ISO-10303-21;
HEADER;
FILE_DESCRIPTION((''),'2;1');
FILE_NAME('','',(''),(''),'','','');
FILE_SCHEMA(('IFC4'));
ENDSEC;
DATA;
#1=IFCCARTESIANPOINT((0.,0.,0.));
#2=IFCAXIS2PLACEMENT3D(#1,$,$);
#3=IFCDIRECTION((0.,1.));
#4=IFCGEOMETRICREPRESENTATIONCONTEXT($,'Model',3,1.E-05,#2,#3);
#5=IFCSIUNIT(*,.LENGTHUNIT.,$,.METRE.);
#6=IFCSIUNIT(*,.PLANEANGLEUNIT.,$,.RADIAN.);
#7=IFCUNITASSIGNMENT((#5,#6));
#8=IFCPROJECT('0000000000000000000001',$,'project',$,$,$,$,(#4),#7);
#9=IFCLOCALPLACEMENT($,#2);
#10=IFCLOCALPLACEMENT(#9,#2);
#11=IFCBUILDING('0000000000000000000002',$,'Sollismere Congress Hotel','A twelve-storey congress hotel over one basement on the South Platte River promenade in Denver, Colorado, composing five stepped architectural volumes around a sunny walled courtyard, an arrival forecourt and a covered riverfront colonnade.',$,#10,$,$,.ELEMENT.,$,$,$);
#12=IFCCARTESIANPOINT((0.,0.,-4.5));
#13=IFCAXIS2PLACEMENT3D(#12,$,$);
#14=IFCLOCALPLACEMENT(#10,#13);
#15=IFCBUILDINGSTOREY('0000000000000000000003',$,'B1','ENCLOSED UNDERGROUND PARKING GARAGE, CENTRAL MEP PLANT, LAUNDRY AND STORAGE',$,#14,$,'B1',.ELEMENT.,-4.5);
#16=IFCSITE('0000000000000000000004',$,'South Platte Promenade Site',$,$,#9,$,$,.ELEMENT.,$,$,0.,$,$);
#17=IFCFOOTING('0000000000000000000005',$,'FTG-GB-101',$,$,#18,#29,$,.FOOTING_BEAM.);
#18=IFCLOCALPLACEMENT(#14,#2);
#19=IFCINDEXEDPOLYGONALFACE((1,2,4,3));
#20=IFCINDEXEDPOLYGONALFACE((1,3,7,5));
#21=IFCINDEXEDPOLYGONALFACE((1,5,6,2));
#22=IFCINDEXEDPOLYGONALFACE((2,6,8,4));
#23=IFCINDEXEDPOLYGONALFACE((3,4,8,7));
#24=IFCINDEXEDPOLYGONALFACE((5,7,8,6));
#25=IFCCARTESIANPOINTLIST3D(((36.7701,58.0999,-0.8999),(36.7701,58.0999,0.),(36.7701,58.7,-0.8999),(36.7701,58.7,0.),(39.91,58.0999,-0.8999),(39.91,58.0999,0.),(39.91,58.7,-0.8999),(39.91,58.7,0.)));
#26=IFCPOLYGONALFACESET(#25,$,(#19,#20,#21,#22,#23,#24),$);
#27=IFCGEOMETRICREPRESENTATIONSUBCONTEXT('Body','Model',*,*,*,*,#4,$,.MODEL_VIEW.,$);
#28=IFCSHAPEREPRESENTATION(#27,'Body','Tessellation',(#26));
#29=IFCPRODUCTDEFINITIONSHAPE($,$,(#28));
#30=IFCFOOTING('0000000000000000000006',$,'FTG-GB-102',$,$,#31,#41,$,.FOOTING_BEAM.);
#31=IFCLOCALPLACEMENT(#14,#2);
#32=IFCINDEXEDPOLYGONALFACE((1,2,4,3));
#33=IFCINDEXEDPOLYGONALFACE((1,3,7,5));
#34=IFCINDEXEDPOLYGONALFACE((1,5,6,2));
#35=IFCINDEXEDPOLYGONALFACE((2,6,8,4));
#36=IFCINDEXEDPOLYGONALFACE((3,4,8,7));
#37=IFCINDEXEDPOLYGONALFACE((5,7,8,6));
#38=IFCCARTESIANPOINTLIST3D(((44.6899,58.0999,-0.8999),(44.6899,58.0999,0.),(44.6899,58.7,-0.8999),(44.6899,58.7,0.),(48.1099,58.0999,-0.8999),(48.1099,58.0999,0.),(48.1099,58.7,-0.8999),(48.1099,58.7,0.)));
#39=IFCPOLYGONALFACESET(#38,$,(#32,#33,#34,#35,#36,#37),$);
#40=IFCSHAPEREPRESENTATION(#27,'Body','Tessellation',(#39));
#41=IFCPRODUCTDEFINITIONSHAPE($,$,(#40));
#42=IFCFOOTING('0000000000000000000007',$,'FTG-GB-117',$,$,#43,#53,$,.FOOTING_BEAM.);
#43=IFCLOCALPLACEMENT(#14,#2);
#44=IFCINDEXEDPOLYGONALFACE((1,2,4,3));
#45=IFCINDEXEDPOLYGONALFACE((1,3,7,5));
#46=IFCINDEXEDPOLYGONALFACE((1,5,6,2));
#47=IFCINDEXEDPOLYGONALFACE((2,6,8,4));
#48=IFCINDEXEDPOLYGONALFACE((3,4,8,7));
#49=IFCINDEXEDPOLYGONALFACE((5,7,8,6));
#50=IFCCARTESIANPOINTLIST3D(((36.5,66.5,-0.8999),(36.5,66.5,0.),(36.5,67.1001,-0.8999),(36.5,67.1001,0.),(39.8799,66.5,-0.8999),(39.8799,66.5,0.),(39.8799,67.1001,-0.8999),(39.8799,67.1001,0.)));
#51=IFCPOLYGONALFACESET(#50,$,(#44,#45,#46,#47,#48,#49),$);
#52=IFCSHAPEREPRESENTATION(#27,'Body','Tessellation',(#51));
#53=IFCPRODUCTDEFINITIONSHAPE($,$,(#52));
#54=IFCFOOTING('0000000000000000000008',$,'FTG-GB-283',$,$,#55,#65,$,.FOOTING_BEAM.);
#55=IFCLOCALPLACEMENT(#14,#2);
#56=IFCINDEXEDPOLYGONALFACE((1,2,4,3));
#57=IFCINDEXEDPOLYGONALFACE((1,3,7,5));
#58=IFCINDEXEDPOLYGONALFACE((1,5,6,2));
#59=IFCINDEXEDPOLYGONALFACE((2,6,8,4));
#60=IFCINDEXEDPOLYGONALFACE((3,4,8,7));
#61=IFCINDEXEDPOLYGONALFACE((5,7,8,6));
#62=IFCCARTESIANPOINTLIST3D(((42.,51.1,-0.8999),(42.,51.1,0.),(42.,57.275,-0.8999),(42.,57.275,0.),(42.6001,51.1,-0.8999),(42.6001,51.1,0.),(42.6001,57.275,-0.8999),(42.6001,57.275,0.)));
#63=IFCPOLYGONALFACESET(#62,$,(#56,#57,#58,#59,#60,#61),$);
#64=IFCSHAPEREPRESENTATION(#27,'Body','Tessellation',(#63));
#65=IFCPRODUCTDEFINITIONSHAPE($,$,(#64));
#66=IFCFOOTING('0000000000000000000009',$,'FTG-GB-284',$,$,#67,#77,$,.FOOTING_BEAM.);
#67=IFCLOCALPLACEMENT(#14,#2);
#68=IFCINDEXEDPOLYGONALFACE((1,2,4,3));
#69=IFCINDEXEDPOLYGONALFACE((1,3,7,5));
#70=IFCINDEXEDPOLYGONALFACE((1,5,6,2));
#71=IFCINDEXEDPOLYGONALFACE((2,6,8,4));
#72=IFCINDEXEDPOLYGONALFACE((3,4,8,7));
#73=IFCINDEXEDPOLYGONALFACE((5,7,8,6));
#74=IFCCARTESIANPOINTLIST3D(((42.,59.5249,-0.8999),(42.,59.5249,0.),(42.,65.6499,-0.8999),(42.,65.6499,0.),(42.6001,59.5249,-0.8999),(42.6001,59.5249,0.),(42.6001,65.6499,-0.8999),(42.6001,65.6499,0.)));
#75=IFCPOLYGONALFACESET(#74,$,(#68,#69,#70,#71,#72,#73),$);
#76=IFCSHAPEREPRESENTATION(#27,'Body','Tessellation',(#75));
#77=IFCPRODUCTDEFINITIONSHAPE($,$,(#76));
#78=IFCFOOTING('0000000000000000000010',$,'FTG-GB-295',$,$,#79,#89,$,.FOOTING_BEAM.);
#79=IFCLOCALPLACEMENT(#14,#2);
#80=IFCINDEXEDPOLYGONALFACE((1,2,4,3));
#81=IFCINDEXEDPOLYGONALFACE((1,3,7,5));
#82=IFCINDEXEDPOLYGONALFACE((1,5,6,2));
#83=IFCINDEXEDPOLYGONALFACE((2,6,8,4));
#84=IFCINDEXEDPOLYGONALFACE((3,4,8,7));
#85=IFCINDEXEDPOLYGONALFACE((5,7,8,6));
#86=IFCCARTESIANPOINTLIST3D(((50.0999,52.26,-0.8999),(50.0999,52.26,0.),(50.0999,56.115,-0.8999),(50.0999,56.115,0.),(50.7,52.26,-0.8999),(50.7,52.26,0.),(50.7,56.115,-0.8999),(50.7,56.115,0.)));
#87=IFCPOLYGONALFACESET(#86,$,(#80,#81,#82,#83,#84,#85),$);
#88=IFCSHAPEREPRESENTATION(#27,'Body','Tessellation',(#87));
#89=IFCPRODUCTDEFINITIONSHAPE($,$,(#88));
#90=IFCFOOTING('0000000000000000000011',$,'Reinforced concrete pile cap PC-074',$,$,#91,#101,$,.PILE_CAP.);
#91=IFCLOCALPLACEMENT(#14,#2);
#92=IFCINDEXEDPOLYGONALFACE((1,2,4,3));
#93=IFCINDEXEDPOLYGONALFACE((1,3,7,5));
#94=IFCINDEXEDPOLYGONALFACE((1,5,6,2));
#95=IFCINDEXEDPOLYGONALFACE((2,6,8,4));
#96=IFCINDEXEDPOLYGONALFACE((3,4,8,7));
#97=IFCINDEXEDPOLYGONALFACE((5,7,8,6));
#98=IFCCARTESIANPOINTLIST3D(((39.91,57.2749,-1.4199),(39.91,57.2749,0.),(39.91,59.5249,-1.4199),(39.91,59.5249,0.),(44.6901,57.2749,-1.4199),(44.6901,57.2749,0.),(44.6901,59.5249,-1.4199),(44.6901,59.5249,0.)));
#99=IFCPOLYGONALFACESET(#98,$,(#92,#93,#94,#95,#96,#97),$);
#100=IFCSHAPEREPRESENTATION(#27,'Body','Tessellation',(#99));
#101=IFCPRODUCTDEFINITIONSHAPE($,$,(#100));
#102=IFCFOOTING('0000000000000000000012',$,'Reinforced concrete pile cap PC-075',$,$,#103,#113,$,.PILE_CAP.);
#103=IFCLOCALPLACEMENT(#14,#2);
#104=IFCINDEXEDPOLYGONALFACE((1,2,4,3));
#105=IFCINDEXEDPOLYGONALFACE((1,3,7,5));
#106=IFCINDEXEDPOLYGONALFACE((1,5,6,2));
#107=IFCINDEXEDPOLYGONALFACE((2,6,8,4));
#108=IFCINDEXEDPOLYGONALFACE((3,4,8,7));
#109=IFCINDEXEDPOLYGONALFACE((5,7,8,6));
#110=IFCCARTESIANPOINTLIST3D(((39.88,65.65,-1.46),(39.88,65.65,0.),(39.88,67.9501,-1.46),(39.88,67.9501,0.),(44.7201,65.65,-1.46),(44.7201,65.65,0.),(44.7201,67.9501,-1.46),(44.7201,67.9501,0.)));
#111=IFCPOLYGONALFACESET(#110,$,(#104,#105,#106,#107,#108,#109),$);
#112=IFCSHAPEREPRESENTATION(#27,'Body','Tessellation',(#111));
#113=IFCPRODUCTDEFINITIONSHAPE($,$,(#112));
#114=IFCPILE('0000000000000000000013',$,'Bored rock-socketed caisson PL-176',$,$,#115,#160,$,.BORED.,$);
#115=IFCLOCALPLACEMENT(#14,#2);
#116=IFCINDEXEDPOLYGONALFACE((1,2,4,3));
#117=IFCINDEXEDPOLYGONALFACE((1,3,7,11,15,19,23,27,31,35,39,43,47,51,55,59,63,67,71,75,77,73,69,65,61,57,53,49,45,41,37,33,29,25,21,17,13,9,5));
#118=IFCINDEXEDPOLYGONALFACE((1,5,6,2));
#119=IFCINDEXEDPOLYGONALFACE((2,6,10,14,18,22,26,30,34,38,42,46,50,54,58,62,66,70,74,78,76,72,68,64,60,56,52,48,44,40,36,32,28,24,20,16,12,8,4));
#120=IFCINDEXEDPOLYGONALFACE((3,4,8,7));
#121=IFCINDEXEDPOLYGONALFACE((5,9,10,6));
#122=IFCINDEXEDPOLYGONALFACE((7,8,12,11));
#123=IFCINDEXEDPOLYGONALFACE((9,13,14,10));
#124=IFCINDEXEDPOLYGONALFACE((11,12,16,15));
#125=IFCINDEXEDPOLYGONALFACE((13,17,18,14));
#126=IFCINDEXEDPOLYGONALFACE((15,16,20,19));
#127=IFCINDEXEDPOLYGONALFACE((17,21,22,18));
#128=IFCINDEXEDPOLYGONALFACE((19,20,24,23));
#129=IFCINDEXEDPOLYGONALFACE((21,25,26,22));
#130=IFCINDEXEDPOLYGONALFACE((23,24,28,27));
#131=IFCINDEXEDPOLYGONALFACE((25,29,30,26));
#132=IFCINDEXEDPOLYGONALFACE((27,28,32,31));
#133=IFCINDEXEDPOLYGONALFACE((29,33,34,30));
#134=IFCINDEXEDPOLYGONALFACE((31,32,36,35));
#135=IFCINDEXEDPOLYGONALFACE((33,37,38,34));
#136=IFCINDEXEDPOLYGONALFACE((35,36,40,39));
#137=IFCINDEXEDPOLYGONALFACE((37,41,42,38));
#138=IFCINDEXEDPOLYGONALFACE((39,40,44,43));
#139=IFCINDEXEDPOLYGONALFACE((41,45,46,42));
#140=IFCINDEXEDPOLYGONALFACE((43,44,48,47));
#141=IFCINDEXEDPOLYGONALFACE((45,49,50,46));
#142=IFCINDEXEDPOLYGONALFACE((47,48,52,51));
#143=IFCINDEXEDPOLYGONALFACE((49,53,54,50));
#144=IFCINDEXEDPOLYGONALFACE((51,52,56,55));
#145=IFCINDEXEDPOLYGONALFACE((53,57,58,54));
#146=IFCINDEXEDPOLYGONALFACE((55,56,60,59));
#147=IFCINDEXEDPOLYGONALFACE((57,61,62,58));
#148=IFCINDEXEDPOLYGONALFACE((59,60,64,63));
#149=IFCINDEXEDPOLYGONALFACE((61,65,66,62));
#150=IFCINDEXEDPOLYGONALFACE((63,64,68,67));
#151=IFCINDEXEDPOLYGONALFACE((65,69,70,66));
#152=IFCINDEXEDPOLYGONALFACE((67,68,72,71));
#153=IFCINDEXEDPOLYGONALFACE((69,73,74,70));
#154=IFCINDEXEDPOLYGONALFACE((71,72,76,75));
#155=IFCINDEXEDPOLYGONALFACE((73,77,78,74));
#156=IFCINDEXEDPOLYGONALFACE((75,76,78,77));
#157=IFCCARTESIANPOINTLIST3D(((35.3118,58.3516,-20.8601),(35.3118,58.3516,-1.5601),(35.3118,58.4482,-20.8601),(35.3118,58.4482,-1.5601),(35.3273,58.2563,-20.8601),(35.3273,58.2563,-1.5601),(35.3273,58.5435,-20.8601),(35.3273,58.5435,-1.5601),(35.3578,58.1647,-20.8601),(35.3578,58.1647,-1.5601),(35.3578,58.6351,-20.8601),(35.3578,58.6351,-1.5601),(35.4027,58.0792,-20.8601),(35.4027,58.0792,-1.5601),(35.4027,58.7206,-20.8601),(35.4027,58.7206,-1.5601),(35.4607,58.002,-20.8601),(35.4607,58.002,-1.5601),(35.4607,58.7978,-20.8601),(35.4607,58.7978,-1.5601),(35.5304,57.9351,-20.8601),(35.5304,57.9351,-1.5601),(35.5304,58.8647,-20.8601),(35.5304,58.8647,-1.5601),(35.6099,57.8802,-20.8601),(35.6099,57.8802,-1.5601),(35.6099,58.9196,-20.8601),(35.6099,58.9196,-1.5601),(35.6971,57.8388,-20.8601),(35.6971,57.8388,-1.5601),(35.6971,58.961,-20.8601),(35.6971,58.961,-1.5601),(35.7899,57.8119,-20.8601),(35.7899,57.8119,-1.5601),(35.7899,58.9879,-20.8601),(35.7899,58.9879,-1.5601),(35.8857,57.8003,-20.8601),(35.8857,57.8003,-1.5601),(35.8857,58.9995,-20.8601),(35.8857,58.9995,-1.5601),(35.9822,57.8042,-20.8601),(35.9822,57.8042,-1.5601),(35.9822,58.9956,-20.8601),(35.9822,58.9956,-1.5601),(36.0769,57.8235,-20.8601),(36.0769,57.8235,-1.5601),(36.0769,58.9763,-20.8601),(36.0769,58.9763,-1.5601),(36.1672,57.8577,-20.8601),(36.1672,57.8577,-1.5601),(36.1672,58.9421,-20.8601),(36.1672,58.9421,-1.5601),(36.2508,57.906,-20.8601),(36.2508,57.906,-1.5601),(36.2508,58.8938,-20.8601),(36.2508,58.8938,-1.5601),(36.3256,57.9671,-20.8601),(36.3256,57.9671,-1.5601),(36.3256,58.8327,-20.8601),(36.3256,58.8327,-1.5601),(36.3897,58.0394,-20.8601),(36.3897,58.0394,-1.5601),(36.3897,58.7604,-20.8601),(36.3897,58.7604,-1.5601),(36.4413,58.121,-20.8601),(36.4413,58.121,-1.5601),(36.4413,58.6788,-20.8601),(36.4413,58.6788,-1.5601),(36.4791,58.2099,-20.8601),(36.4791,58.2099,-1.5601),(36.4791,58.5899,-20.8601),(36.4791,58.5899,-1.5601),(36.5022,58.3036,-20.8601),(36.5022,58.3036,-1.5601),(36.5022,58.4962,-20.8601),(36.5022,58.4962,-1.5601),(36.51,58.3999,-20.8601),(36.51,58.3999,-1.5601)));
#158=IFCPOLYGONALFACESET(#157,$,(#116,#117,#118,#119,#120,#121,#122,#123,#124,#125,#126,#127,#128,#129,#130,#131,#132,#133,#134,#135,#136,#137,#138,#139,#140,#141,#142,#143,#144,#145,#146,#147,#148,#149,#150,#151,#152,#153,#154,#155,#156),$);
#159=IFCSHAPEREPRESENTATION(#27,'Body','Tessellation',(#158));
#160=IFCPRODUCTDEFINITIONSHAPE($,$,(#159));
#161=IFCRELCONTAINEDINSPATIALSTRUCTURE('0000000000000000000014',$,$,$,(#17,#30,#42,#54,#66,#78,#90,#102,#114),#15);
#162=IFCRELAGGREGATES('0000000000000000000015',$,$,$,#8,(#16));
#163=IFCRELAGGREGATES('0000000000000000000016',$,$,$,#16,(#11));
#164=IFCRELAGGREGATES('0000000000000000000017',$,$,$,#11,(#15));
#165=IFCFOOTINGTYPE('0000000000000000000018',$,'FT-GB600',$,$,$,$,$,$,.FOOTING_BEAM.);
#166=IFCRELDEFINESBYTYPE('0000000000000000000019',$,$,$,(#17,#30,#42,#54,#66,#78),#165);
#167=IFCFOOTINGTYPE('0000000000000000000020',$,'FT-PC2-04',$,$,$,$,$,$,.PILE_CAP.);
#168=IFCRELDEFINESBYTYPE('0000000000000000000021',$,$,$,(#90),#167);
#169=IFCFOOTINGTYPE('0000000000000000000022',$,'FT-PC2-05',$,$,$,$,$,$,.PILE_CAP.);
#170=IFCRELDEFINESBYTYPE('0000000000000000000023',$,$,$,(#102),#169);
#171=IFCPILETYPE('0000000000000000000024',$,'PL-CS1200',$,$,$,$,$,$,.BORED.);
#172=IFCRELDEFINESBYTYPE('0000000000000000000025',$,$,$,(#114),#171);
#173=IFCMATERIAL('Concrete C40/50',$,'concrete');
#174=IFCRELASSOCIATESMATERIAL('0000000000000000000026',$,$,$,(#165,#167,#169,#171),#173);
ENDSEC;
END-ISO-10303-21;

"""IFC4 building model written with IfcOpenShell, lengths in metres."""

from ifc_helpers import new_model, si_unit, direction, frame, origin, origin_2d, place, context, subcontext, project, spatial, rectangle, circle, extrude, material, material_profile, profile_set, type_object, element, save


model = new_model("IFC4")

# Units and contexts
model_context = context("Model", 3, precision=1e-05, world=origin(), true_north=direction((0.0, 1.0)))
body_context = subcontext(model_context, "Body", "Model", "MODEL_VIEW")
ifc_project = project(units=[si_unit("LENGTHUNIT", "METRE"), si_unit("PLANEANGLEUNIT", "RADIAN")], contexts=[model_context])

# Site, building, storey
site_placement = place(None, origin())
site = spatial("IfcSite", under=ifc_project, at=site_placement, Name="South Platte Promenade Site", CompositionType="ELEMENT", RefElevation=0.0)
building_placement = place(site_placement, origin())
building = spatial("IfcBuilding", under=site, at=building_placement, Name="Sollismere Congress Hotel", Description="A twelve-storey congress hotel over one basement on the South Platte River promenade in Denver, Colorado, composing five stepped architectural volumes around a sunny walled courtyard, an arrival forecourt and a covered riverfront colonnade.", CompositionType="ELEMENT")
storey_placement = place(building_placement, frame((0.0, 0.0, -4.5)))
storey = spatial("IfcBuildingStorey", under=building, at=storey_placement, Name="B1", Description="ENCLOSED UNDERGROUND PARKING GARAGE, CENTRAL MEP PLANT, LAUNDRY AND STORAGE", LongName="B1", CompositionType="ELEMENT", Elevation=-4.5)

# Footings
ifc_material_1 = material(Name="Concrete C40/50", Category="concrete")
footing_type_1 = type_object("IfcFootingType", Name="FT-GB600", PredefinedType="FOOTING_BEAM", material=ifc_material_1)
footing_1_placement = place(storey_placement, frame((38.3401, 58.3999, -0.8999), z_axis=(0.0, 0.0, 1.0), x_axis=(1.0, 0.0, 0.0)))
element("IfcFooting", 1, at=footing_1_placement, inside=storey, type_object=footing_type_1, Name="FTG-GB-101", PredefinedType="FOOTING_BEAM", context=body_context, shape_type="SweptSolid", body=[
    extrude(rectangle(XDim=3.1399, YDim=0.6001, at=origin_2d()), origin(), (0.0, 0.0, 1.0), 0.8999),
])
footing_2_placement = place(storey_placement, frame((46.3999, 58.3999, -0.8999), z_axis=(0.0, 0.0, 1.0), x_axis=(1.0, 0.0, 0.0)))
element("IfcFooting", 2, at=footing_2_placement, inside=storey, type_object=footing_type_1, Name="FTG-GB-102", PredefinedType="FOOTING_BEAM", context=body_context, shape_type="SweptSolid", body=[
    extrude(rectangle(XDim=3.4199, YDim=0.6001, at=origin_2d()), origin(), (0.0, 0.0, 1.0), 0.8999),
])
footing_3_placement = place(storey_placement, frame((38.1899, 66.8, -0.8999), z_axis=(0.0, 0.0, 1.0), x_axis=(1.0, 0.0, 0.0)))
element("IfcFooting", 3, at=footing_3_placement, inside=storey, type_object=footing_type_1, Name="FTG-GB-117", PredefinedType="FOOTING_BEAM", context=body_context, shape_type="SweptSolid", body=[
    extrude(rectangle(XDim=3.3799, YDim=0.6001, at=origin_2d()), origin(), (0.0, 0.0, 1.0), 0.8999),
])
footing_4_placement = place(storey_placement, frame((42.3, 54.1875, -0.8999), z_axis=(0.0, 0.0, 1.0), x_axis=(0.0, 1.0, 0.0)))
element("IfcFooting", 4, at=footing_4_placement, inside=storey, type_object=footing_type_1, Name="FTG-GB-283", PredefinedType="FOOTING_BEAM", context=body_context, shape_type="SweptSolid", body=[
    extrude(rectangle(XDim=6.175, YDim=0.6001, at=origin_2d()), origin(), (0.0, 0.0, 1.0), 0.8999),
])
footing_5_placement = place(storey_placement, frame((42.3, 62.5874, -0.8999), z_axis=(0.0, 0.0, 1.0), x_axis=(0.0, 1.0, 0.0)))
element("IfcFooting", 5, at=footing_5_placement, inside=storey, type_object=footing_type_1, Name="FTG-GB-284", PredefinedType="FOOTING_BEAM", context=body_context, shape_type="SweptSolid", body=[
    extrude(rectangle(XDim=6.125, YDim=0.6001, at=origin_2d()), origin(), (0.0, 0.0, 1.0), 0.8999),
])
footing_6_placement = place(storey_placement, frame((50.3999, 54.1875, -0.8999), z_axis=(0.0, 0.0, 1.0), x_axis=(0.0, 1.0, 0.0)))
element("IfcFooting", 6, at=footing_6_placement, inside=storey, type_object=footing_type_1, Name="FTG-GB-295", PredefinedType="FOOTING_BEAM", context=body_context, shape_type="SweptSolid", body=[
    extrude(rectangle(XDim=3.855, YDim=0.6001, at=origin_2d()), origin(), (0.0, 0.0, 1.0), 0.8999),
])
footing_type_2 = type_object("IfcFootingType", Name="FT-PC2-04", PredefinedType="PILE_CAP", material=ifc_material_1)
footing_7_placement = place(storey_placement, frame((42.3, 58.3999, -1.4199), z_axis=(0.0, 0.0, 1.0), x_axis=(1.0, 0.0, 0.0)))
element("IfcFooting", 7, at=footing_7_placement, inside=storey, type_object=footing_type_2, Name="Reinforced concrete pile cap PC-074", PredefinedType="PILE_CAP", context=body_context, shape_type="SweptSolid", body=[
    extrude(rectangle(XDim=4.78, YDim=2.25, at=origin_2d()), origin(), (0.0, 0.0, 1.0), 1.4199),
])
footing_type_3 = type_object("IfcFootingType", Name="FT-PC2-05", PredefinedType="PILE_CAP", material=ifc_material_1)
footing_8_placement = place(storey_placement, frame((42.3, 66.8, -1.46), z_axis=(0.0, 0.0, 1.0), x_axis=(1.0, 0.0, 0.0)))
element("IfcFooting", 8, at=footing_8_placement, inside=storey, type_object=footing_type_3, Name="Reinforced concrete pile cap PC-075", PredefinedType="PILE_CAP", context=body_context, shape_type="SweptSolid", body=[
    extrude(rectangle(XDim=4.8401, YDim=2.3, at=origin_2d()), origin(), (0.0, 0.0, 1.0), 1.46),
])

# Pile
ifc_material_profile_1 = material_profile(ifc_material_1, circle(Radius=0.6001, at=origin_2d()), Name="CAISSON1200")
ifc_profile_set_1 = profile_set([ifc_material_profile_1], Name="Concrete C40/50")
pile_type = type_object("IfcPileType", Name="PL-CS1200", PredefinedType="BORED", material=ifc_profile_set_1)
pile_1_placement = place(storey_placement, frame((35.9099, 58.3999, -1.5601), z_axis=(0.0, 0.0, -1.0), x_axis=(1.0, 0.0, 0.0)))
element("IfcPile", 9, at=pile_1_placement, inside=storey, type_object=pile_type, Name="Bored rock-socketed caisson PL-176", PredefinedType="BORED", context=body_context, shape_type="SweptSolid", body=[
    extrude(circle(Radius=0.6001, at=origin_2d()), origin(), (0.0, 0.0, 1.0), 19.3),
])

save(model, "model.ifc")
